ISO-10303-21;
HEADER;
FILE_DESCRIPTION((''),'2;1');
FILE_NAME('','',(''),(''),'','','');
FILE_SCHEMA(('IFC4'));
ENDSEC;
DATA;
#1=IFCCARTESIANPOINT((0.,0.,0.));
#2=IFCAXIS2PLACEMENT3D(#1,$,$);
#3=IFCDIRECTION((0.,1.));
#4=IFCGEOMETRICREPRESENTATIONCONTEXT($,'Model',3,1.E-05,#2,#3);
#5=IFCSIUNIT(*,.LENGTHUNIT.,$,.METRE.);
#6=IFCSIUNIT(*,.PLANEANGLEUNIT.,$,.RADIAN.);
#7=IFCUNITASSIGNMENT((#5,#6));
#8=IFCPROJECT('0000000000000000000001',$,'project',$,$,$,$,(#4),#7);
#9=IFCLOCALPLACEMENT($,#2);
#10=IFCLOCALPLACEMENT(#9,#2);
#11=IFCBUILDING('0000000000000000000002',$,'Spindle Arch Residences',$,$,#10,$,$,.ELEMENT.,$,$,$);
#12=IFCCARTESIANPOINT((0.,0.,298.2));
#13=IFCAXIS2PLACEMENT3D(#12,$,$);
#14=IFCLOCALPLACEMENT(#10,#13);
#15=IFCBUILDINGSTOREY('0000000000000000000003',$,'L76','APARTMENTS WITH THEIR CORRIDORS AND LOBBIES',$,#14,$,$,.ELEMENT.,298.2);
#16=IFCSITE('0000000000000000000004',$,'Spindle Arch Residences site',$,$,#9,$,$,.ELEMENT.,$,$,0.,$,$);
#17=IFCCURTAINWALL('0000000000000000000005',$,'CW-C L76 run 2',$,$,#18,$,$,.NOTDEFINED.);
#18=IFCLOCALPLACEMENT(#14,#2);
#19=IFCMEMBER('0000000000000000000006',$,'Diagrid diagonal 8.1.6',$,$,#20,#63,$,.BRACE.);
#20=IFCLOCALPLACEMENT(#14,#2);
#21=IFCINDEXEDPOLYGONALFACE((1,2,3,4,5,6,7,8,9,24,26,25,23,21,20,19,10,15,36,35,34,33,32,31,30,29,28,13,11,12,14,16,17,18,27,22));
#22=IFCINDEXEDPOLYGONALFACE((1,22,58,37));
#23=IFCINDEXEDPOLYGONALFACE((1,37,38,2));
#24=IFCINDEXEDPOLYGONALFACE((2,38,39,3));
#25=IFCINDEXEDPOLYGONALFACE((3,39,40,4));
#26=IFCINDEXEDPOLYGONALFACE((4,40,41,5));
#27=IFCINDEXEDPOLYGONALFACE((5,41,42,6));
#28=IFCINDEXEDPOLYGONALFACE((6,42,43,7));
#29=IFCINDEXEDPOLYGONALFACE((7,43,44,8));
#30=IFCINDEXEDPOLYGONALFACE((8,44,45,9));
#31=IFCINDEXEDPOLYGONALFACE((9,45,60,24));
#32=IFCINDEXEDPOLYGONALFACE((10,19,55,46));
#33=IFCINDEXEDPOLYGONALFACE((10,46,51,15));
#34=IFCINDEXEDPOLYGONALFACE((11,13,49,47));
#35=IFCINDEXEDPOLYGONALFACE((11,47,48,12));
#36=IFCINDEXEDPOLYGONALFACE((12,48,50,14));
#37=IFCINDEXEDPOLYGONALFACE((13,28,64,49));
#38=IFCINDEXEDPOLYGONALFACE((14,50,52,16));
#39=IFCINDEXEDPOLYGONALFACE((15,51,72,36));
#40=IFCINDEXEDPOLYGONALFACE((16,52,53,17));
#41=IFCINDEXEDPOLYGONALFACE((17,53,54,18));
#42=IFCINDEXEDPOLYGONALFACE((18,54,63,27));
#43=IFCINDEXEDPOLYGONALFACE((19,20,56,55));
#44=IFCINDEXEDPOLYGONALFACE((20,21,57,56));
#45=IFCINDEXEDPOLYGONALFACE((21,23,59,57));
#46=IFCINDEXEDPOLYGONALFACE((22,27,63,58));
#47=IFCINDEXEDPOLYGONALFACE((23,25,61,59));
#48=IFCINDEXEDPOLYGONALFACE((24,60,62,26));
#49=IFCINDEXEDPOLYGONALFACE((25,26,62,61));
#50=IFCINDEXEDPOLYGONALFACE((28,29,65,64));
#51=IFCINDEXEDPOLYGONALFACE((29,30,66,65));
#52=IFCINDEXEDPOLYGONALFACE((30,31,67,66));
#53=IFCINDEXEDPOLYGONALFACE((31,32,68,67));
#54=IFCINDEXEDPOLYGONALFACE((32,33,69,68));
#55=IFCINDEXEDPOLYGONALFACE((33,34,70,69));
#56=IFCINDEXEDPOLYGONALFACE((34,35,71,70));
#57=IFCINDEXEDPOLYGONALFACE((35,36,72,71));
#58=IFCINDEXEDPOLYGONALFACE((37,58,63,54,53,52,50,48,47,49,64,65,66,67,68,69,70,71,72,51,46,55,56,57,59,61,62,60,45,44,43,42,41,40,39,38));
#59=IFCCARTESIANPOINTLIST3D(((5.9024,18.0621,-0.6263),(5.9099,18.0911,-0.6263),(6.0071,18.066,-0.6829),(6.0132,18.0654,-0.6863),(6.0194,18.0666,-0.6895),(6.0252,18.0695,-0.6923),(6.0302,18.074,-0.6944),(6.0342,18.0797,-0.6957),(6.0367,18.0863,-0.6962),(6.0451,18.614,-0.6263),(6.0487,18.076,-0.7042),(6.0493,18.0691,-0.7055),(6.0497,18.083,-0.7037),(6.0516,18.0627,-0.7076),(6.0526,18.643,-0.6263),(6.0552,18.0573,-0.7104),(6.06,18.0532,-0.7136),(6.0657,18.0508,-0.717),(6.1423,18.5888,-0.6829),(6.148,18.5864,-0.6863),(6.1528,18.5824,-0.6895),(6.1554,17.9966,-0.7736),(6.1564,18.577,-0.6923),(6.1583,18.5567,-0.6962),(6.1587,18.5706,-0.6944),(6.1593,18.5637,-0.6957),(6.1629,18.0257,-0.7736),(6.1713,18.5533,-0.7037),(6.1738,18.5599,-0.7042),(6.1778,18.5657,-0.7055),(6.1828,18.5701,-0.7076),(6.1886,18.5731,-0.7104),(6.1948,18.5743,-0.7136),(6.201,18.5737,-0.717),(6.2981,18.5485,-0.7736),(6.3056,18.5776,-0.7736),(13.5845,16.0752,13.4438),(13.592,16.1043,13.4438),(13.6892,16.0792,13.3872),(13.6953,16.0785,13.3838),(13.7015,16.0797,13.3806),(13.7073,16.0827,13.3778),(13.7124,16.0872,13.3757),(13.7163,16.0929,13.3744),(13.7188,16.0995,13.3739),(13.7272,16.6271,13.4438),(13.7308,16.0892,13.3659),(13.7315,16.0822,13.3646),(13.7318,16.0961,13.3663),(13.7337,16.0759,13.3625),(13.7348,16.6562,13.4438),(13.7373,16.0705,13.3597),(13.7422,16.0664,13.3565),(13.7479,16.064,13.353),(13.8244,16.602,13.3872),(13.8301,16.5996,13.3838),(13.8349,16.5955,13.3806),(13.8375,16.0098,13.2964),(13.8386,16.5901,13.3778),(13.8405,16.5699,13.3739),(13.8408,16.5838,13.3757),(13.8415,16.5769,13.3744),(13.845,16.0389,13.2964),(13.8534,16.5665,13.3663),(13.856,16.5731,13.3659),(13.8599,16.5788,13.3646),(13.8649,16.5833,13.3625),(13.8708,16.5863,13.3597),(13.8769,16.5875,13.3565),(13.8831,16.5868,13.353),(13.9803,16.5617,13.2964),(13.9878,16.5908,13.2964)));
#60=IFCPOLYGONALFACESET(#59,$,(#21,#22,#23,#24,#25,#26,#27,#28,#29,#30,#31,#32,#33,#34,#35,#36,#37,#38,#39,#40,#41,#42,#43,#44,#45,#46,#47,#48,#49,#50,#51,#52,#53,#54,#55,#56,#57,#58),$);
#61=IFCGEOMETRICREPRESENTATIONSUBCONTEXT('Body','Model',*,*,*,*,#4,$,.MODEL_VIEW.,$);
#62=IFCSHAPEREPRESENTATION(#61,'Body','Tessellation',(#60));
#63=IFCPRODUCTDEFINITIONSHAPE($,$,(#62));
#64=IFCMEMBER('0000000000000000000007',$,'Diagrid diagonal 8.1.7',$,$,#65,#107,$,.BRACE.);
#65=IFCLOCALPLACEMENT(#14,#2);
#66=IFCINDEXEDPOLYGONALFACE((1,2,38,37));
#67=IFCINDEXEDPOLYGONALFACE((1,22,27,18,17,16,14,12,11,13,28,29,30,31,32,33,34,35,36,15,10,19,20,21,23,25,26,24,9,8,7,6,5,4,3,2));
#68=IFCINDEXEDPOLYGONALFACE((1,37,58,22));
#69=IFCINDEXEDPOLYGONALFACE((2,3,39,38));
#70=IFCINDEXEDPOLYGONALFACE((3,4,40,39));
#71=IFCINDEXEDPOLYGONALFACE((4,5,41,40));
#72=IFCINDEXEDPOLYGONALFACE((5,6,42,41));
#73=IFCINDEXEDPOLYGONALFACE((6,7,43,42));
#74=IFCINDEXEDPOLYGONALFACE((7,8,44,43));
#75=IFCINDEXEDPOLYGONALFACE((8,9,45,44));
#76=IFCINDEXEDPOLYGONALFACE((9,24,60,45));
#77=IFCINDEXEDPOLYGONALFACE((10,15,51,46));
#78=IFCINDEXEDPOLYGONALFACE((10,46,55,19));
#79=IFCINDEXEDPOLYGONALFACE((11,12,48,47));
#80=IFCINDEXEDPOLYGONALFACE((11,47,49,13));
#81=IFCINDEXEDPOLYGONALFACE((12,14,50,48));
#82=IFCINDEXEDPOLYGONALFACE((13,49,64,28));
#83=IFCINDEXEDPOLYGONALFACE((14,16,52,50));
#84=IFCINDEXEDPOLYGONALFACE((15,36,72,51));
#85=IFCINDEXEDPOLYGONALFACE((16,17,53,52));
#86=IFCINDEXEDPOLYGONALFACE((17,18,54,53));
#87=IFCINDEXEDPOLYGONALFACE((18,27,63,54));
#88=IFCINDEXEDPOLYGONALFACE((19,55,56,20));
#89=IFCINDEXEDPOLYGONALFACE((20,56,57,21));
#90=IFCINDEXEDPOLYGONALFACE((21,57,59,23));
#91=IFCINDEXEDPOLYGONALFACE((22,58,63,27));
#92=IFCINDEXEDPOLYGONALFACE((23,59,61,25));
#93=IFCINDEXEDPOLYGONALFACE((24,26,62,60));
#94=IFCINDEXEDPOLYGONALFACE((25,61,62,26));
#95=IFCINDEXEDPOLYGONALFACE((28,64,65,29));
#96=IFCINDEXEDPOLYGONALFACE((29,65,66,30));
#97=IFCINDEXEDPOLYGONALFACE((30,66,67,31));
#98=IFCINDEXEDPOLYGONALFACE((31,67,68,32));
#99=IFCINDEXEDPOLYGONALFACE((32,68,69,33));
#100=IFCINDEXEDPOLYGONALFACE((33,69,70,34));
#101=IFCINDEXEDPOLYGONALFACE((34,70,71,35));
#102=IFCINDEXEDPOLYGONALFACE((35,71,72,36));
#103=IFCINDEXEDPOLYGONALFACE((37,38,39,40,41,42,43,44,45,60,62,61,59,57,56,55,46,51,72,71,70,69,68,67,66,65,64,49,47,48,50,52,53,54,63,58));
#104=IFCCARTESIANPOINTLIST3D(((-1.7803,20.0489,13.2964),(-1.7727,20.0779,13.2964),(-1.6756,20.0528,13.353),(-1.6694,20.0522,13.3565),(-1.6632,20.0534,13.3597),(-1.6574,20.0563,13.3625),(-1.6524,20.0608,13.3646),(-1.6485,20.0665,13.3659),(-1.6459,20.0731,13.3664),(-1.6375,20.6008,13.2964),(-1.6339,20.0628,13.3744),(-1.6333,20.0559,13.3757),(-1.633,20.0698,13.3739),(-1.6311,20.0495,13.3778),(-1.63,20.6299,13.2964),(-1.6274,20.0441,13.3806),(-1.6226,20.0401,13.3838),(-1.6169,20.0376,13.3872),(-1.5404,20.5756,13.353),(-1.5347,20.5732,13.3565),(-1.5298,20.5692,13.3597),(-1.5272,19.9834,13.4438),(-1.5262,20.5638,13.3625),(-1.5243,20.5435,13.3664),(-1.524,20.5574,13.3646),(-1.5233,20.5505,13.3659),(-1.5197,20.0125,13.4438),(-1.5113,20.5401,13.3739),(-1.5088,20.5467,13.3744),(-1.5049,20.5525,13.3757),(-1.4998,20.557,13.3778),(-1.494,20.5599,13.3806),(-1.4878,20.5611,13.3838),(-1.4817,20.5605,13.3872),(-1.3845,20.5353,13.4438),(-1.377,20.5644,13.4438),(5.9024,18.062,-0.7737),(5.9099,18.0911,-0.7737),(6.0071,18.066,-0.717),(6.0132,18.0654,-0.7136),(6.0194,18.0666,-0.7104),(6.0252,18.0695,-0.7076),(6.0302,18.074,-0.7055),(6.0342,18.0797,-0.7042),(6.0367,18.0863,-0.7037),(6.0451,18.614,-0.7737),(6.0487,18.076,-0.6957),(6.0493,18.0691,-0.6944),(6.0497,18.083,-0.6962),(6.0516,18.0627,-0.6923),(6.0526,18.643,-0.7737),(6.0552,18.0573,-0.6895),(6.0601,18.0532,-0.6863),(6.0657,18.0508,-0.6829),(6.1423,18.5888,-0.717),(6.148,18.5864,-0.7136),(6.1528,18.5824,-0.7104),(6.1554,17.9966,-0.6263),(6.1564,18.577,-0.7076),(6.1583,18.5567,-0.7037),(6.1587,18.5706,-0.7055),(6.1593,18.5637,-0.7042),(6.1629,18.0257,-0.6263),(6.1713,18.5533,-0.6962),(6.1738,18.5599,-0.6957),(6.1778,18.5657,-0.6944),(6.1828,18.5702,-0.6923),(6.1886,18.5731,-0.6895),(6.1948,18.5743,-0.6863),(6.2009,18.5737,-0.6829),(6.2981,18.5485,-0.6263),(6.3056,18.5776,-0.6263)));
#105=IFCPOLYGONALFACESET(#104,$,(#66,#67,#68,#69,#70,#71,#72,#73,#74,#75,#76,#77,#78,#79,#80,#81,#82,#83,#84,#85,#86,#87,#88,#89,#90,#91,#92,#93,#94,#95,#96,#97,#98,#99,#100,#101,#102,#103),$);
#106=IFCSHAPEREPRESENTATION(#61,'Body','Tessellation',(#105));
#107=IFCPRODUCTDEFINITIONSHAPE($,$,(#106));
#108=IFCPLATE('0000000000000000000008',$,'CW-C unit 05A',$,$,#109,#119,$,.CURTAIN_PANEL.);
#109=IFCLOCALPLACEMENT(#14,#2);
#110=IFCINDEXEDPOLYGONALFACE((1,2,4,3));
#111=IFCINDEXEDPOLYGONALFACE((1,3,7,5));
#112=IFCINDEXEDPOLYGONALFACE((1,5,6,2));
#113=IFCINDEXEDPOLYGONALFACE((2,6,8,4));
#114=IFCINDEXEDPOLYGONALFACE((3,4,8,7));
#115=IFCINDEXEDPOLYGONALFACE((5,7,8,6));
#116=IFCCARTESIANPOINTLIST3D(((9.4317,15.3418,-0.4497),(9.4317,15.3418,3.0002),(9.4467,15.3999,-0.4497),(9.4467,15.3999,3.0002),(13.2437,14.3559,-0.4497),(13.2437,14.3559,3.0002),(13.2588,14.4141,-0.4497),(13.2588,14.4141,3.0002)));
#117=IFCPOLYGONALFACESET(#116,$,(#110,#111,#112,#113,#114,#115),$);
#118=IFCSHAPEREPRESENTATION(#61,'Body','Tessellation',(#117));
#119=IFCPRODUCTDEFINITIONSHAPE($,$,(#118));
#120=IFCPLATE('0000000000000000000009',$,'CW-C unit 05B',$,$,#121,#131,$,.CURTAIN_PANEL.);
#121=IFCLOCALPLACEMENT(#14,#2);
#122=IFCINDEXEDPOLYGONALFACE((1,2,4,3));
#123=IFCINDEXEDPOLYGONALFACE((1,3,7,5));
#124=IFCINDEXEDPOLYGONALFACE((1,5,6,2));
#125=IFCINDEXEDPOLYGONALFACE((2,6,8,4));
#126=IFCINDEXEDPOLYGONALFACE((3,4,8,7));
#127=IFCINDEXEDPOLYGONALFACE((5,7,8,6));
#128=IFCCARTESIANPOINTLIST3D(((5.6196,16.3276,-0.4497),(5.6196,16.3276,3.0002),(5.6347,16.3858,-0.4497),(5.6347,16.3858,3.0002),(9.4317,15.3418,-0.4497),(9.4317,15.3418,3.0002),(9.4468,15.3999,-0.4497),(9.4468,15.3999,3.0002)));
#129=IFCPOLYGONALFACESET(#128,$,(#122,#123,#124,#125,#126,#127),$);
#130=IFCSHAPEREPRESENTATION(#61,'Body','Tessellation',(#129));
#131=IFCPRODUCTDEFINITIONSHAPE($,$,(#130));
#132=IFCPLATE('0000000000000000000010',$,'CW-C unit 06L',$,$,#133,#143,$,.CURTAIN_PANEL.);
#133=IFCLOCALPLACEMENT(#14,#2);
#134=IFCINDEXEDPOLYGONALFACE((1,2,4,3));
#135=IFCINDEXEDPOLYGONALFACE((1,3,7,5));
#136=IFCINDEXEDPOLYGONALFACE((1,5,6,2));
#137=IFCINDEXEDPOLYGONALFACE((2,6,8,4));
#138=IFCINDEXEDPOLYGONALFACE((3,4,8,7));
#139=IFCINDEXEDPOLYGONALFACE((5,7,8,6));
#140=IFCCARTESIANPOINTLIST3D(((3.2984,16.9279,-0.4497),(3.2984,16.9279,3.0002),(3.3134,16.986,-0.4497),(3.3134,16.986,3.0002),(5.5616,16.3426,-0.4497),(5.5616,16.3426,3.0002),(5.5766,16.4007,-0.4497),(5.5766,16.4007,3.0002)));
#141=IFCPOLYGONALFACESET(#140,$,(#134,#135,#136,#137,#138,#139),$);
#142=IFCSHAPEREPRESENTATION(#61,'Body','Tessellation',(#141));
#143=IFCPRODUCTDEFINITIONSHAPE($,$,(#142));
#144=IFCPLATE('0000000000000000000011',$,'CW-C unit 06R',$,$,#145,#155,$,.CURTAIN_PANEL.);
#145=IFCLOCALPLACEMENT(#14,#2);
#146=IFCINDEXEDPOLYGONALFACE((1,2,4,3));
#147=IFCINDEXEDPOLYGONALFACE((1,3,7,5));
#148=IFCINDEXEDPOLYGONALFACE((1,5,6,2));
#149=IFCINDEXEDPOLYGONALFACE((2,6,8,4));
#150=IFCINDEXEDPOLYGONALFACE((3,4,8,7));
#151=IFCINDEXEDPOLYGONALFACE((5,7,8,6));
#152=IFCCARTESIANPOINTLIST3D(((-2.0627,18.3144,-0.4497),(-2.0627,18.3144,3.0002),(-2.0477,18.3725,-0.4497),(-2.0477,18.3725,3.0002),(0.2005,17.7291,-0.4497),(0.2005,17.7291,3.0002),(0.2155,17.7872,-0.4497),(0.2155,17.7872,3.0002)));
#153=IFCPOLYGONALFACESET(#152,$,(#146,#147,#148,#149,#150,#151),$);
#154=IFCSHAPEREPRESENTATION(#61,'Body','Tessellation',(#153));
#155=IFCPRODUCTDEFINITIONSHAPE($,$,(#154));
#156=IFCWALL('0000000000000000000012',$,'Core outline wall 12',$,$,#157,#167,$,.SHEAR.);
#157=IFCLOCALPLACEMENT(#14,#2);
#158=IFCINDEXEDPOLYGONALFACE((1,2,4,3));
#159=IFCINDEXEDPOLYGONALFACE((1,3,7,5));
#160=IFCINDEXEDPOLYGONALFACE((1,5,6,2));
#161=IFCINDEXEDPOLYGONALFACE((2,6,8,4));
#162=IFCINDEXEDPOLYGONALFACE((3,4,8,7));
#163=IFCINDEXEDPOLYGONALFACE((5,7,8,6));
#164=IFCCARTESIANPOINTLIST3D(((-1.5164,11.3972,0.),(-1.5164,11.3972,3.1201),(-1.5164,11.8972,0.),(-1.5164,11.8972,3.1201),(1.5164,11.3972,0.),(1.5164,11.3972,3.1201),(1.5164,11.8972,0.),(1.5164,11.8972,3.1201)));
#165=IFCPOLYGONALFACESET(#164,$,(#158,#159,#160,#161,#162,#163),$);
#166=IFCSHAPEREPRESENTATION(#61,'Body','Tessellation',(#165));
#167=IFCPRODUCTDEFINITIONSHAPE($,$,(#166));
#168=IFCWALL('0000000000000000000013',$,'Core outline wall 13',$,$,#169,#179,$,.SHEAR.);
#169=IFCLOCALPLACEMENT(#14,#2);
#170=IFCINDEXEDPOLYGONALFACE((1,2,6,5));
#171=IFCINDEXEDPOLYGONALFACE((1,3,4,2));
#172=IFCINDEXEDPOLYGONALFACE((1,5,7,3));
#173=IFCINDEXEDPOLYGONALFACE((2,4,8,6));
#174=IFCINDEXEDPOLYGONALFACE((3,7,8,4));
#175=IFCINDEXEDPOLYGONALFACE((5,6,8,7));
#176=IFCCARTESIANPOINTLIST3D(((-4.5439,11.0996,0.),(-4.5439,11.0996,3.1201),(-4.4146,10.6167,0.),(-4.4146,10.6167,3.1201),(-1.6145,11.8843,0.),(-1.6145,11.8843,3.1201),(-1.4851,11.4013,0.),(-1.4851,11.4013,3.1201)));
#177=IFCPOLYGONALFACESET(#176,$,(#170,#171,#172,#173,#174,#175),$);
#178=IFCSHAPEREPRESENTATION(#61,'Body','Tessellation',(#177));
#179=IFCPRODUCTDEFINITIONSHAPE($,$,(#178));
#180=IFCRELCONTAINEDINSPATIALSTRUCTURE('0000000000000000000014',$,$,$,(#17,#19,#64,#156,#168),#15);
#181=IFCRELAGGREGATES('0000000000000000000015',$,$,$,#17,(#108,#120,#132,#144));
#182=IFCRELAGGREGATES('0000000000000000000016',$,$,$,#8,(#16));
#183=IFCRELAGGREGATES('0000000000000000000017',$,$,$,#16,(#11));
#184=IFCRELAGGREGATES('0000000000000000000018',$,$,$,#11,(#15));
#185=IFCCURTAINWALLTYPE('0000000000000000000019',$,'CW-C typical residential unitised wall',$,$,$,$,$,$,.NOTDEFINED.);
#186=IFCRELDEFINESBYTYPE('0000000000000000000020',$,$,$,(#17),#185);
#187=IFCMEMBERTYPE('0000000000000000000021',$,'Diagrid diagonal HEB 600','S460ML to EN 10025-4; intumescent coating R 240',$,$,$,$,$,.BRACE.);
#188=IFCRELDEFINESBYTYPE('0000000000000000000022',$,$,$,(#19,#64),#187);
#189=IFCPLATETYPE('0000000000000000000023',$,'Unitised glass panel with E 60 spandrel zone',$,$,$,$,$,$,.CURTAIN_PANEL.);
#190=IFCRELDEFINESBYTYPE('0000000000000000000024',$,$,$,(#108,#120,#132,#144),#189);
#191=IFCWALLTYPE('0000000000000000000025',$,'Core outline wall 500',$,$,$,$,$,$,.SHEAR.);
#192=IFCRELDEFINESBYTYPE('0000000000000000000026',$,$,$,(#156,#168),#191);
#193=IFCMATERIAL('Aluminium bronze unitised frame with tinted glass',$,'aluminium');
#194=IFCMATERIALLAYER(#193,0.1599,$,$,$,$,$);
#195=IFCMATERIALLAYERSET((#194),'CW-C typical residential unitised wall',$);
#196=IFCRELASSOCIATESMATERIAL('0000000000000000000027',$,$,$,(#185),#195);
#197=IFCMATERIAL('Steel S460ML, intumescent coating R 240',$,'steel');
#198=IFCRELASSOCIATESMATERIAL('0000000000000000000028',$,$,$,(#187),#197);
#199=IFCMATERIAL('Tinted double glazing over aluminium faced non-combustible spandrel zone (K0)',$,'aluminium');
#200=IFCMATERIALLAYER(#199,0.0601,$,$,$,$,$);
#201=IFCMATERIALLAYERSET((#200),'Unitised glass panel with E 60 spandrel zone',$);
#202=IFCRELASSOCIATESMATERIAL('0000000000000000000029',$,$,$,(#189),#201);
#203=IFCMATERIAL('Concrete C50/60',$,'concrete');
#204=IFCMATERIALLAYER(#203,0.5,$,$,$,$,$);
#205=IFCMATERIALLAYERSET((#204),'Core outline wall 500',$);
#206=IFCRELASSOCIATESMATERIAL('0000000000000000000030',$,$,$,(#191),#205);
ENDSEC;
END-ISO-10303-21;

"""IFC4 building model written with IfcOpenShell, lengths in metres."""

from ifc_helpers import new_model, si_unit, direction, frame, frame_2d, origin, origin_2d, place, context, subcontext, project, spatial, rectangle, i_section, extrude, material, layer, layer_set, material_profile, profile_set, type_object, element, aggregate, save


model = new_model("IFC4")

# Units and contexts
model_context = context("Model", 3, precision=1e-05, world=origin(), true_north=direction((0.0, 1.0)))
body_context = subcontext(model_context, "Body", "Model", "MODEL_VIEW")
ifc_project = project(units=[si_unit("LENGTHUNIT", "METRE"), si_unit("PLANEANGLEUNIT", "RADIAN")], contexts=[model_context])

# Site, building, storey
site_placement = place(None, origin())
site = spatial("IfcSite", under=ifc_project, at=site_placement, Name="Spindle Arch Residences site", CompositionType="ELEMENT", RefElevation=0.0)
building_placement = place(site_placement, origin())
building = spatial("IfcBuilding", under=site, at=building_placement, Name="Spindle Arch Residences", CompositionType="ELEMENT")
storey_placement = place(building_placement, frame((0.0, 0.0, 298.2)))
storey = spatial("IfcBuildingStorey", under=building, at=storey_placement, Name="L76", Description="APARTMENTS WITH THEIR CORRIDORS AND LOBBIES", CompositionType="ELEMENT", Elevation=298.2)

# Curtain wall
ifc_material_1 = material(Name="Aluminium bronze unitised frame with tinted glass", Category="aluminium")
ifc_layer_1 = layer(ifc_material_1, 0.1599)
ifc_layer_set_1 = layer_set([ifc_layer_1], Name="CW-C typical residential unitised wall")
curtain_wall_type = type_object("IfcCurtainWallType", Name="CW-C typical residential unitised wall", PredefinedType="NOTDEFINED", material=ifc_layer_set_1)
curtain_wall_placement = place(storey_placement, origin())
curtain_wall = element("IfcCurtainWall", 1, at=curtain_wall_placement, inside=storey, type_object=curtain_wall_type, Name="CW-C L76 run 2", PredefinedType="NOTDEFINED")

# Members
ifc_material_2 = material(Name="Steel S460ML, intumescent coating R 240", Category="steel")
ifc_material_profile_1 = material_profile(ifc_material_2, i_section(OverallWidth=0.3, OverallDepth=0.6001, WebThickness=0.0154, FlangeThickness=0.03, FilletRadius=0.0271, at=origin_2d()), Name="HEB 600")
ifc_profile_set_1 = profile_set([ifc_material_profile_1], Name="Steel S460ML, intumescent coating R 240")
member_type_1 = type_object("IfcMemberType", Name="Diagrid diagonal HEB 600", Description="S460ML to EN 10025-4; intumescent coating R 240", PredefinedType="BRACE", material=ifc_profile_set_1)
member_1_placement = place(storey_placement, frame((6.104, 18.3198, -0.7), z_axis=(0.475576, -0.122997, 0.871033), x_axis=(-0.843287, 0.218098, 0.491224)))
element("IfcMember", 2, at=member_1_placement, inside=storey, type_object=member_type_1, Name="Diagrid diagonal 8.1.6", PredefinedType="BRACE", context=body_context, shape_type="SweptSolid", body=[
    extrude(i_section(OverallWidth=0.3, OverallDepth=0.6001, WebThickness=0.0154, FlangeThickness=0.03, FilletRadius=0.0271, at=origin_2d()), origin(), (0.0, 0.0, 1.0), 16.1533),
])
member_2_placement = place(storey_placement, frame((6.104, 18.3198, -0.7), z_axis=(-0.4756, 0.122996, 0.871021), x_axis=(0.843278, -0.218082, 0.491246)))
element("IfcMember", 3, at=member_2_placement, inside=storey, type_object=member_type_1, Name="Diagrid diagonal 8.1.7", PredefinedType="BRACE", context=body_context, shape_type="SweptSolid", body=[
    extrude(i_section(OverallWidth=0.3, OverallDepth=0.6001, WebThickness=0.0154, FlangeThickness=0.03, FilletRadius=0.0271, at=origin_2d()), origin(), (0.0, 0.0, 1.0), 16.1536),
])

# Plates
ifc_material_3 = material(Name="Tinted double glazing over aluminium faced non-combustible spandrel zone (K0)", Category="aluminium")
ifc_layer_2 = layer(ifc_material_3, 0.0601)
ifc_layer_set_2 = layer_set([ifc_layer_2], Name="Unitised glass panel with E 60 spandrel zone")
plate_type = type_object("IfcPlateType", Name="Unitised glass panel with E 60 spandrel zone", PredefinedType="CURTAIN_PANEL", material=ifc_layer_set_2)
plate_1_placement = place(storey_placement, frame((11.3452, 14.8779, -0.4497), z_axis=(0.0, 0.0, 1.0), x_axis=(-0.968148, 0.25038, 0.0)))
plate_1 = element("IfcPlate", 4, at=plate_1_placement, type_object=plate_type, Name="CW-C unit 05A", PredefinedType="CURTAIN_PANEL", context=body_context, shape_type="SweptSolid", body=[
    extrude(rectangle(XDim=3.9375, YDim=0.0601, at=origin_2d()), origin(), (0.0, 0.0, 1.0), 3.45),
])
plate_2_placement = place(storey_placement, frame((7.5332, 15.8638, -0.4497), z_axis=(0.0, 0.0, 1.0), x_axis=(-0.968148, 0.25038, 0.0)))
plate_2 = element("IfcPlate", 5, at=plate_2_placement, type_object=plate_type, Name="CW-C unit 05B", PredefinedType="CURTAIN_PANEL", context=body_context, shape_type="SweptSolid", body=[
    extrude(rectangle(XDim=3.9375, YDim=0.0601, at=origin_2d()), origin(), (0.0, 0.0, 1.0), 3.45),
])
plate_3_placement = place(storey_placement, frame((4.4375, 16.6643, -0.4497), z_axis=(0.0, 0.0, 1.0), x_axis=(-0.968148, 0.25038, 0.0)))
plate_3 = element("IfcPlate", 6, at=plate_3_placement, type_object=plate_type, Name="CW-C unit 06L", PredefinedType="CURTAIN_PANEL", context=body_context, shape_type="SweptSolid", body=[
    extrude(rectangle(XDim=2.3376, YDim=0.0601, at=origin_2d()), origin(), (0.0, 0.0, 1.0), 3.45),
])
plate_4_placement = place(storey_placement, frame((-0.9236, 18.0508, -0.4497), z_axis=(0.0, 0.0, 1.0), x_axis=(-0.968148, 0.25038, 0.0)))
plate_4 = element("IfcPlate", 7, at=plate_4_placement, type_object=plate_type, Name="CW-C unit 06R", PredefinedType="CURTAIN_PANEL", context=body_context, shape_type="SweptSolid", body=[
    extrude(rectangle(XDim=2.3376, YDim=0.0601, at=origin_2d()), origin(), (0.0, 0.0, 1.0), 3.45),
])
aggregate(curtain_wall, [plate_1, plate_2, plate_3, plate_4])

# Walls
ifc_material_4 = material(Name="Concrete C50/60", Category="concrete")
ifc_layer_3 = layer(ifc_material_4, 0.5)
ifc_layer_set_3 = layer_set([ifc_layer_3], Name="Core outline wall 500")
wall_type_1 = type_object("IfcWallType", Name="Core outline wall 500", PredefinedType="SHEAR", material=ifc_layer_set_3)
for number, where, z_axis, x_axis, name in (
    (8, (1.5164, 11.6472, 0.0), (0.0, 0.0, 1.0), (-1.0, 0.0, 0.0), "Core outline wall 12"),
    (9, (-1.5498, 11.6428, 0.0), (0.0, 0.0, 1.0), (-0.965948, -0.258735, 0.0), "Core outline wall 13"),
):
    element("IfcWall", number, at=place(storey_placement, frame(where, z_axis=z_axis, x_axis=x_axis)), inside=storey, type_object=wall_type_1, Name=name, PredefinedType="SHEAR", context=body_context, shape_type="SweptSolid", body=[
        extrude(rectangle(XDim=3.0327, YDim=0.5, at=frame_2d((1.5164, 0.0))), origin(), (0.0, 0.0, 1.0), 3.1201),
    ])

save(model, "model.ifc")
